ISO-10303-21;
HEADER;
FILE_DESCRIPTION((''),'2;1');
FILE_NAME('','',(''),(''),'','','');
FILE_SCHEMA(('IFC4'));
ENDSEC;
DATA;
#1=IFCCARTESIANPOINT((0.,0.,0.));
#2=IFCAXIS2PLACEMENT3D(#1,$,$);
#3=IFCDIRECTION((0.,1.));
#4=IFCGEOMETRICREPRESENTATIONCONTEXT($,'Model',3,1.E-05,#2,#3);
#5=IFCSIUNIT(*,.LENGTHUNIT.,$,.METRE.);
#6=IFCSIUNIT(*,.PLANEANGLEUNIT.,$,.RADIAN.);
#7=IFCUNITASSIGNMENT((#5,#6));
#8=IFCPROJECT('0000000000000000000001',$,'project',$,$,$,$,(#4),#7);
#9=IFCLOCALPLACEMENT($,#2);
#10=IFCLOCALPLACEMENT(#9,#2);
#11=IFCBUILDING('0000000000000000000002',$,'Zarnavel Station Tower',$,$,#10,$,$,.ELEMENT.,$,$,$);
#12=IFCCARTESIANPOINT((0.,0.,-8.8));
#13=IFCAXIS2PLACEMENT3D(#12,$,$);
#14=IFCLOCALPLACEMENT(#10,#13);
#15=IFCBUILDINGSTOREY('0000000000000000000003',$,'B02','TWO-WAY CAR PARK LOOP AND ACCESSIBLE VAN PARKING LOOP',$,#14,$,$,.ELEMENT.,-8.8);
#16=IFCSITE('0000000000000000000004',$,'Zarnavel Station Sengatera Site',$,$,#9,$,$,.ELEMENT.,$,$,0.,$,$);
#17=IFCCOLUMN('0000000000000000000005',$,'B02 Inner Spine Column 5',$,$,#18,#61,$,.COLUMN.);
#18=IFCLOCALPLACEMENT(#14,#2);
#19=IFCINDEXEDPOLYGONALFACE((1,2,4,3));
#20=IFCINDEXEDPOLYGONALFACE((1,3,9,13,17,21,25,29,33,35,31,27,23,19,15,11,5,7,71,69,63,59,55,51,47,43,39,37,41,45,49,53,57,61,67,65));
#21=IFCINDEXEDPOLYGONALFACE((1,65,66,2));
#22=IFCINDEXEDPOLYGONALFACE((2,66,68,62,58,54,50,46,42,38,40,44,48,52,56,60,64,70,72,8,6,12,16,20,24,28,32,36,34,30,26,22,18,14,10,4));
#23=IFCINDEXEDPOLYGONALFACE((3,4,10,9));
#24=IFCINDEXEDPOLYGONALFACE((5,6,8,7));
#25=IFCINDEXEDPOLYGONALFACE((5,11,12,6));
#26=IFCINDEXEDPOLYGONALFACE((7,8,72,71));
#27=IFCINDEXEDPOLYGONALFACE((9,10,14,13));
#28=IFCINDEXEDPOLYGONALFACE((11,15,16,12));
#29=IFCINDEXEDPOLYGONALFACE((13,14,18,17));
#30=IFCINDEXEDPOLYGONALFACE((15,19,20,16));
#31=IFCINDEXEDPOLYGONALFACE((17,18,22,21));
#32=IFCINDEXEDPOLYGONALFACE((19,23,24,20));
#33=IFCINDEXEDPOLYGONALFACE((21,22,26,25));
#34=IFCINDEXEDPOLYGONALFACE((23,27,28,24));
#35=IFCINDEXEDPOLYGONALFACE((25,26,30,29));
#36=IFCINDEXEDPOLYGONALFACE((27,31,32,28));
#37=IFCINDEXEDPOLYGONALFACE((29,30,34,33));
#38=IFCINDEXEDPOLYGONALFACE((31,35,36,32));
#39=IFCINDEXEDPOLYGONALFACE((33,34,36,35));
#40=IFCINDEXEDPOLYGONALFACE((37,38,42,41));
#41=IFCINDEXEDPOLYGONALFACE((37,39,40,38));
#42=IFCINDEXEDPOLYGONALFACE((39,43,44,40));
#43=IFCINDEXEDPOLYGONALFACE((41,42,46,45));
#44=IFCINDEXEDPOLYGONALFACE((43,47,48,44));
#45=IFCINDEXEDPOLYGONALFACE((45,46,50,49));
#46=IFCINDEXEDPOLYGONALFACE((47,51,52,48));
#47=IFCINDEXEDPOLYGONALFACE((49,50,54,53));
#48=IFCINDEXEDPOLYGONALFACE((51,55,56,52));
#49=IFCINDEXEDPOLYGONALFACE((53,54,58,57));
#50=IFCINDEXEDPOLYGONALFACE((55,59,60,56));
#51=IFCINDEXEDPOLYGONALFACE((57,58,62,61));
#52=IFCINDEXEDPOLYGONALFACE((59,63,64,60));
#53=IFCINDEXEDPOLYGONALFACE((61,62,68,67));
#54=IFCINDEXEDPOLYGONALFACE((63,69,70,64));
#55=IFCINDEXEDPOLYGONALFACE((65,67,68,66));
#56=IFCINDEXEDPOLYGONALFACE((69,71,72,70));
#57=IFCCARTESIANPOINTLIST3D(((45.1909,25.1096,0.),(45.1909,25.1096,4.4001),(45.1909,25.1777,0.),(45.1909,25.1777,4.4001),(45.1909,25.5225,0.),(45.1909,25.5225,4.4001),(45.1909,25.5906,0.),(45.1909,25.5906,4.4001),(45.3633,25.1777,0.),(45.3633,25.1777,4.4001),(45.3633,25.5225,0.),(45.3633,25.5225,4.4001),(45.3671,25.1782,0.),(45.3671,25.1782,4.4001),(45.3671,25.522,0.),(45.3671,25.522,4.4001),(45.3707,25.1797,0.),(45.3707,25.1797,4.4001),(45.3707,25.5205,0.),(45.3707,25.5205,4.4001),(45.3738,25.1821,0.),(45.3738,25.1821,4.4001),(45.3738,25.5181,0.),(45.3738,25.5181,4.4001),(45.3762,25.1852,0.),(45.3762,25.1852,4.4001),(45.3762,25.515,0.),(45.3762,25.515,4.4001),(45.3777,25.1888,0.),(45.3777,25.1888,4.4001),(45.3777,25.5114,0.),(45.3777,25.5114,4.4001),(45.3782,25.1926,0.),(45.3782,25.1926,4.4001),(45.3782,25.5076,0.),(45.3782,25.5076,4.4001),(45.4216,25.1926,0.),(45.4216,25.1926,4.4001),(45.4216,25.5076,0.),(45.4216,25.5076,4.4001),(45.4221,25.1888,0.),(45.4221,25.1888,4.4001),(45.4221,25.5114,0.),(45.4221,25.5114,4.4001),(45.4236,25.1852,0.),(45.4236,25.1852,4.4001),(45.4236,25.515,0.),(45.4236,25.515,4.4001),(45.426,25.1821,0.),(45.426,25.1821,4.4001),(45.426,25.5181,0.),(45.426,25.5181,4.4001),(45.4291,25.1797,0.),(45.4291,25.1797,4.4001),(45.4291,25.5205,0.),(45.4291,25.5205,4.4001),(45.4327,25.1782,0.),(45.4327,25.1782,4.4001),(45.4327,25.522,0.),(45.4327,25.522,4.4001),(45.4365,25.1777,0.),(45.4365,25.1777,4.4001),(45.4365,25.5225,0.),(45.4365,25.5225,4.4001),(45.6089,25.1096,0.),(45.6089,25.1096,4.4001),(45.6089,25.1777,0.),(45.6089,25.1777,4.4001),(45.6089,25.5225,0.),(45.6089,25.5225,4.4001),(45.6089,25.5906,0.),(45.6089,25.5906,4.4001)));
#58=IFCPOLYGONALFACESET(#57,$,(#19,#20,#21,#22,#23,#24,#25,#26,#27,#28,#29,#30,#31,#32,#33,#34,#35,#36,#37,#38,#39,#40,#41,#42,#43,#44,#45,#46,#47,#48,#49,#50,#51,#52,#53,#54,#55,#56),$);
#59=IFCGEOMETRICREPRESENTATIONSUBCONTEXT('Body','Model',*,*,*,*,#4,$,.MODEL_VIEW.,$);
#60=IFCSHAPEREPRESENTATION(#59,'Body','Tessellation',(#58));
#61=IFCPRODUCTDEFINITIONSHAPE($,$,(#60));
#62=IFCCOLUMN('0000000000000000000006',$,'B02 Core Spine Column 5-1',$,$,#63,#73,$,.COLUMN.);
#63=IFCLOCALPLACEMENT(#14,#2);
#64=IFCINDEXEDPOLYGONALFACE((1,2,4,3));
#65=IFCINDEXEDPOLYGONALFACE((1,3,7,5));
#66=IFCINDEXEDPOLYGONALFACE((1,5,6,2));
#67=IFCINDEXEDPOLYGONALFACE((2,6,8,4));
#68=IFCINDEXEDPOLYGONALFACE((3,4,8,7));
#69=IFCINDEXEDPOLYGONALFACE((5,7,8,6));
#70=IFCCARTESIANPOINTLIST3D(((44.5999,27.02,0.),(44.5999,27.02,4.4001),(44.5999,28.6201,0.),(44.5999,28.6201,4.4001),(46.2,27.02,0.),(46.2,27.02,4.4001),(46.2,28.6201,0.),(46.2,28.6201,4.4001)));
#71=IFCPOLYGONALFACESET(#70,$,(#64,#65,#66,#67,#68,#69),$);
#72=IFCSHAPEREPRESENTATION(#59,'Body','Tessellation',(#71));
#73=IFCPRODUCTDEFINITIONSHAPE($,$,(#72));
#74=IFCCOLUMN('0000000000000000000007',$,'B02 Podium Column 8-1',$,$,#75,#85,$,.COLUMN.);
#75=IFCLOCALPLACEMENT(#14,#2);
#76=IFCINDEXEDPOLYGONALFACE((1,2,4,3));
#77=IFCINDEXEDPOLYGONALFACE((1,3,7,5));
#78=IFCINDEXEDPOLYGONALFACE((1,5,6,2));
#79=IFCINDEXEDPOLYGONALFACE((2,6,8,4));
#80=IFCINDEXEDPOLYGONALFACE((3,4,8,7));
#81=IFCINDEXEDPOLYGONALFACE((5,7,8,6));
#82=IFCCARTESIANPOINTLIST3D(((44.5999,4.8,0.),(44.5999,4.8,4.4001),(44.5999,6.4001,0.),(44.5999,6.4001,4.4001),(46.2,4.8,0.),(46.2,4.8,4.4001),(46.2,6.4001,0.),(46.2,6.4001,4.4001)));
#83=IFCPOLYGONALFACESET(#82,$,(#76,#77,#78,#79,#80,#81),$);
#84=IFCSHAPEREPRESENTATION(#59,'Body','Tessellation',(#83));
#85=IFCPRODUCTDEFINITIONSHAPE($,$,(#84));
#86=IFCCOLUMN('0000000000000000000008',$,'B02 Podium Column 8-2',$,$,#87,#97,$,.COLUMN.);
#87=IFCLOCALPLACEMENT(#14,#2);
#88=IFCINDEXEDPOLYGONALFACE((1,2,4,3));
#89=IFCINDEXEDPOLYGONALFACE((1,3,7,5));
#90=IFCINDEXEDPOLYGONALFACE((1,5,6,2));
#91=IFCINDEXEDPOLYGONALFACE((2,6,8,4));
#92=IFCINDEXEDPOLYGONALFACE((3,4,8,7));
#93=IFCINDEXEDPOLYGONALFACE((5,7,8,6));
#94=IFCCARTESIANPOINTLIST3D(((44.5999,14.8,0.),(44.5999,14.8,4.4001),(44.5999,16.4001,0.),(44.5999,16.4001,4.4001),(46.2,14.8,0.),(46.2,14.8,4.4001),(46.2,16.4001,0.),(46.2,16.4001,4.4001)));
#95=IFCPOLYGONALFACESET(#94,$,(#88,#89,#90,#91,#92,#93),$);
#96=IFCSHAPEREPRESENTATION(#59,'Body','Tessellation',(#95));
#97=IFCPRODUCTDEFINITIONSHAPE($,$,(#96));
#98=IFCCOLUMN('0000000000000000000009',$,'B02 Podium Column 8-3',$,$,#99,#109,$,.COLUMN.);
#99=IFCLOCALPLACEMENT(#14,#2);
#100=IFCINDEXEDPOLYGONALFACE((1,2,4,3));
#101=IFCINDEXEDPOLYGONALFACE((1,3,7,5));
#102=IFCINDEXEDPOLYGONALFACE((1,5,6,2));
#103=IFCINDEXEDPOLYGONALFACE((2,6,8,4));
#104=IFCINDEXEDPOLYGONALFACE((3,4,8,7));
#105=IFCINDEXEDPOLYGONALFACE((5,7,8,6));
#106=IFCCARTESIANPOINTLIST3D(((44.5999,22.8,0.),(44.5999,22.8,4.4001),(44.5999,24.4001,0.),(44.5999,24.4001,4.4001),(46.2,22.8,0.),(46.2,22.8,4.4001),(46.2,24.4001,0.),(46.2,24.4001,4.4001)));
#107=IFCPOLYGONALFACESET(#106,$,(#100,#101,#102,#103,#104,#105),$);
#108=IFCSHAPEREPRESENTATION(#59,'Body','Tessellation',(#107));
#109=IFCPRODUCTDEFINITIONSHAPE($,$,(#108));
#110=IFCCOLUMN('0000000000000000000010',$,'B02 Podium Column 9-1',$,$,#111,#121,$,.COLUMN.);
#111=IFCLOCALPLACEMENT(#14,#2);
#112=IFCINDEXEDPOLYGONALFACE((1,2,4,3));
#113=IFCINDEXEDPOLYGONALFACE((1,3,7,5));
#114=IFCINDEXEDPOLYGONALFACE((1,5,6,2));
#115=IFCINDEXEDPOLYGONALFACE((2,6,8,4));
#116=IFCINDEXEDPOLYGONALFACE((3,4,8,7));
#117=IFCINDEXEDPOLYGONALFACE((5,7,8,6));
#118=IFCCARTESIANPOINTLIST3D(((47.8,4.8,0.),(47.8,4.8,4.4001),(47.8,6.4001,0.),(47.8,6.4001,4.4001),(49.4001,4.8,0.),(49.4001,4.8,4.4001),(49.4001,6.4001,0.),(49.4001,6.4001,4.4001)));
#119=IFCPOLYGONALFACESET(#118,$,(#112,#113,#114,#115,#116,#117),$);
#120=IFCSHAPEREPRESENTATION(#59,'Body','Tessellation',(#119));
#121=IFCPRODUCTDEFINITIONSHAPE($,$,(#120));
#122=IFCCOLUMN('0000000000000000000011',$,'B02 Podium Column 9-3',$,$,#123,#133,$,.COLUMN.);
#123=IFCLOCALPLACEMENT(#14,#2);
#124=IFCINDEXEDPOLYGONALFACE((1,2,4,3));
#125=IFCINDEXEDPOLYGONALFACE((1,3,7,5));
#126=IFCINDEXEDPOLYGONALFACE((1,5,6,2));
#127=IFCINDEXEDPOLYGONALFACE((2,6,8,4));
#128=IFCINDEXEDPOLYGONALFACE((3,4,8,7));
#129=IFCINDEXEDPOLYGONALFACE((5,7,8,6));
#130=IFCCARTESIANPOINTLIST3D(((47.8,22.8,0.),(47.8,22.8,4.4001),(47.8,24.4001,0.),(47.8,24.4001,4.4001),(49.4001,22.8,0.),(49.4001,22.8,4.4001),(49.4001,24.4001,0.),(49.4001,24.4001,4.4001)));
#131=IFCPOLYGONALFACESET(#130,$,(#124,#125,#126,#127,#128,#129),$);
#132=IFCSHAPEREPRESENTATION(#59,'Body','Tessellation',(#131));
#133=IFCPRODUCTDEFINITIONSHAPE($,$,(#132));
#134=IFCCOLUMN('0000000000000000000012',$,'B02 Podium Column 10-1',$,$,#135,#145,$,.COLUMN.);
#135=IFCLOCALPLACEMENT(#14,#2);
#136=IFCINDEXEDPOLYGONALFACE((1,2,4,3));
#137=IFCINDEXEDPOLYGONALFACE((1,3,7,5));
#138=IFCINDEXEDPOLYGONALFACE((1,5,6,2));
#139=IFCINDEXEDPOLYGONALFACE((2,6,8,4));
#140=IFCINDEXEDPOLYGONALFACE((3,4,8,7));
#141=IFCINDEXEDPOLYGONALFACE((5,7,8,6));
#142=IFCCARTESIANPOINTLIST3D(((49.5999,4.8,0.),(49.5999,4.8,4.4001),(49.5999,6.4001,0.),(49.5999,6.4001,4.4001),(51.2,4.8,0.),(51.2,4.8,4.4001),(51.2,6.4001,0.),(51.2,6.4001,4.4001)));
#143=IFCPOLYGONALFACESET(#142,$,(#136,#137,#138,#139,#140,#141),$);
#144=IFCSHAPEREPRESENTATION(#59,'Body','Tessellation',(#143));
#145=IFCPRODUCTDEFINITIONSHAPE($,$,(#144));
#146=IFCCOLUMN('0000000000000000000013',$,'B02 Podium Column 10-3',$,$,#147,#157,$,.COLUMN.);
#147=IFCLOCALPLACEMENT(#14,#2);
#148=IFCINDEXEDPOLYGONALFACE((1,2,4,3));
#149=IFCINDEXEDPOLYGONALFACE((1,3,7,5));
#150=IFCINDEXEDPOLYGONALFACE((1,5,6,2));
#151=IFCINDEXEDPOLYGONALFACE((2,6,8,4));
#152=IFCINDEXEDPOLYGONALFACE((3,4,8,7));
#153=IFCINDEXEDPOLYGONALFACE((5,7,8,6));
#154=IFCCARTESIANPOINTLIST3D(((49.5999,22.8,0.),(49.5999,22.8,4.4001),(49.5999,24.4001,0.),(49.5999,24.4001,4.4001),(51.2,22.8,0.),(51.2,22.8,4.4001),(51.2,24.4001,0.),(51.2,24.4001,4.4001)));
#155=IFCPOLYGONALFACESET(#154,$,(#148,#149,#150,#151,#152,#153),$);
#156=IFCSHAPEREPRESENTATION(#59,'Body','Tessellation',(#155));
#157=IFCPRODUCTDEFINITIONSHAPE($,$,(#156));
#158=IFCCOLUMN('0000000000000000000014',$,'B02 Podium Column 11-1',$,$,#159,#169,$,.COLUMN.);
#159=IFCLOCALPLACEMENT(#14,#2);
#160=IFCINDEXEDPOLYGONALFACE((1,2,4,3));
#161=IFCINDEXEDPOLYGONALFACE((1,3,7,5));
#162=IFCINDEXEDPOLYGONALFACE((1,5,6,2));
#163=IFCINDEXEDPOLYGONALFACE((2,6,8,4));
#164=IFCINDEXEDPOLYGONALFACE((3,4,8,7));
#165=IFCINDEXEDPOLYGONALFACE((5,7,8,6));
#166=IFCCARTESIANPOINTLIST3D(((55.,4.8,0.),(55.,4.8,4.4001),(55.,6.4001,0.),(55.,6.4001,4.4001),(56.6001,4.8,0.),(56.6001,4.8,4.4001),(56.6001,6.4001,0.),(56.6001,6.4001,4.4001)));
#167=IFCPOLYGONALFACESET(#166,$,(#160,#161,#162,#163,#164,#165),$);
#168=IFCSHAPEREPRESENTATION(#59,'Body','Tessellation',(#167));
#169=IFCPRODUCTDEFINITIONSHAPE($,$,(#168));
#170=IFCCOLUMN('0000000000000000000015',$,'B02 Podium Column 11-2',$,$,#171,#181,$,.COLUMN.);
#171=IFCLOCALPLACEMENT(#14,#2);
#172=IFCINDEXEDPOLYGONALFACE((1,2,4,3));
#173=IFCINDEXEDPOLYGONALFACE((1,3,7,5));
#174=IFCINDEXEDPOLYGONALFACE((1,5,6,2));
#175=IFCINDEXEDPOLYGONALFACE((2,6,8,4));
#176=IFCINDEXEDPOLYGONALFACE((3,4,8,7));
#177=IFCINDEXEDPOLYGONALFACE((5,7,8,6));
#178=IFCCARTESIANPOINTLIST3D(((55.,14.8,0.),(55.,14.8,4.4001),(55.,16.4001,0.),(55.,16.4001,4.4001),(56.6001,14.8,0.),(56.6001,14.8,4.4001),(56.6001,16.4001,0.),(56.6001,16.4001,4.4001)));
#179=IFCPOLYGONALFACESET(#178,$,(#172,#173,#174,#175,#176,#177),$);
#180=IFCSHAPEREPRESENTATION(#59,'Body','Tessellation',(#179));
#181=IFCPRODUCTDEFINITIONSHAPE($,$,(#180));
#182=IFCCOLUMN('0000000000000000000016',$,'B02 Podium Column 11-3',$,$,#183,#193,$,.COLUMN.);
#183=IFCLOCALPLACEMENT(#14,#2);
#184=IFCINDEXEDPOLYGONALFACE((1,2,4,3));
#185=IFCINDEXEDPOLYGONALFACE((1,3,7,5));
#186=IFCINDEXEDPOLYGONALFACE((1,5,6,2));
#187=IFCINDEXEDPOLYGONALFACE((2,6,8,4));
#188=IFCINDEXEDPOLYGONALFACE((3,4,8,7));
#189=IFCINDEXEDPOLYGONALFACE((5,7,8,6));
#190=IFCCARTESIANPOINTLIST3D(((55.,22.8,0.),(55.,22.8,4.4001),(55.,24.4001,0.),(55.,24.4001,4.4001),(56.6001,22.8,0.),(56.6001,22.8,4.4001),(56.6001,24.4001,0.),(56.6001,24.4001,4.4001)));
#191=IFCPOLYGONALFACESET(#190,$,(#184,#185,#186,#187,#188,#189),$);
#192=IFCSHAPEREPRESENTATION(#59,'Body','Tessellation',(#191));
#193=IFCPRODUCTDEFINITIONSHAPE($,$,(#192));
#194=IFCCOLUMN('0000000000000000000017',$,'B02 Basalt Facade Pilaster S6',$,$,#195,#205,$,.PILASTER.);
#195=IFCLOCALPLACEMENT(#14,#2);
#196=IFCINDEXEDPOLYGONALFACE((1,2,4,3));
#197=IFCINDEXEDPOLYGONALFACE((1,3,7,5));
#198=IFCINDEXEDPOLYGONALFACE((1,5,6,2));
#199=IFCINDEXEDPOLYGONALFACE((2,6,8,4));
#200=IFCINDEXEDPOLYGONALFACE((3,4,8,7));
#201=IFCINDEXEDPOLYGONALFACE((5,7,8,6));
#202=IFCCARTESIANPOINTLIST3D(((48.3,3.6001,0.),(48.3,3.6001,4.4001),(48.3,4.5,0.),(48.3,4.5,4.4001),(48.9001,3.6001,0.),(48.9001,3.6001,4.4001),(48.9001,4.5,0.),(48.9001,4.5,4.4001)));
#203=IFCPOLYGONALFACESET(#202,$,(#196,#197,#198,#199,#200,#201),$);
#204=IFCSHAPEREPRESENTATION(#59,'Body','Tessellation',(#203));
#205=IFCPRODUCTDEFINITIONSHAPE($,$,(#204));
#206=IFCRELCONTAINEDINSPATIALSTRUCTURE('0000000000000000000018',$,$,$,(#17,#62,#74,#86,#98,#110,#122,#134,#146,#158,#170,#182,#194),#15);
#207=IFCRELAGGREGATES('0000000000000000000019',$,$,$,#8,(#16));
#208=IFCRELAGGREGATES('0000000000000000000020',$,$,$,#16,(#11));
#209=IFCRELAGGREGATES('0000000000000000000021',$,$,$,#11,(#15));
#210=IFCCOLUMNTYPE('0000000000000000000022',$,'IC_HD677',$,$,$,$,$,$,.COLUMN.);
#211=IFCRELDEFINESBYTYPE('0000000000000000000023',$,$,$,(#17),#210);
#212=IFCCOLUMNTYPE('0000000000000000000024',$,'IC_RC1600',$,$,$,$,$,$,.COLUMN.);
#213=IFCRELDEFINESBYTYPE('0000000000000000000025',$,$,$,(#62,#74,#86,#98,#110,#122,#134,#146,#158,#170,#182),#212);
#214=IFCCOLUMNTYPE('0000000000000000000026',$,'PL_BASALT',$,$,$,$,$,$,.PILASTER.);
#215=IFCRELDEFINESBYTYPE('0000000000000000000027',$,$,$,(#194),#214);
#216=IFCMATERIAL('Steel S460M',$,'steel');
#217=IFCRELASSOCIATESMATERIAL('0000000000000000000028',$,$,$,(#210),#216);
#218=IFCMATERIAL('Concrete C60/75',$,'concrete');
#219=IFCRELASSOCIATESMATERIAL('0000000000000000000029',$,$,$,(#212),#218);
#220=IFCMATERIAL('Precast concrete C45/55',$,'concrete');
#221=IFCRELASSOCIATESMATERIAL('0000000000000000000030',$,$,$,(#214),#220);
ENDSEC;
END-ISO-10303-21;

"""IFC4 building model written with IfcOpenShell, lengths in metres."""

from ifc_helpers import new_model, si_unit, direction, frame, origin, origin_2d, place, context, subcontext, project, spatial, rectangle, i_section, extrude, material, material_profile, profile_set, type_object, element, save


model = new_model("IFC4")

# Units and contexts
model_context = context("Model", 3, precision=1e-05, world=origin(), true_north=direction((0.0, 1.0)))
body_context = subcontext(model_context, "Body", "Model", "MODEL_VIEW")
ifc_project = project(units=[si_unit("LENGTHUNIT", "METRE"), si_unit("PLANEANGLEUNIT", "RADIAN")], contexts=[model_context])

# Site, building, storey
site_placement = place(None, origin())
site = spatial("IfcSite", under=ifc_project, at=site_placement, Name="Zarnavel Station Sengatera Site", CompositionType="ELEMENT", RefElevation=0.0)
building_placement = place(site_placement, origin())
building = spatial("IfcBuilding", under=site, at=building_placement, Name="Zarnavel Station Tower", CompositionType="ELEMENT")
storey_placement = place(building_placement, frame((0.0, 0.0, -8.8)))
storey = spatial("IfcBuildingStorey", under=building, at=storey_placement, Name="B02", Description="TWO-WAY CAR PARK LOOP AND ACCESSIBLE VAN PARKING LOOP", CompositionType="ELEMENT", Elevation=-8.8)

# Columns
ifc_material_1 = material(Name="Steel S460M", Category="steel")
ifc_material_profile_1 = material_profile(ifc_material_1, i_section(OverallWidth=0.418, OverallDepth=0.481, WebThickness=0.0435, FlangeThickness=0.0681, FilletRadius=0.0149, at=origin_2d()), Name="HD400x677")
ifc_profile_set_1 = profile_set([ifc_material_profile_1], Name="Steel S460M")
column_type_1 = type_object("IfcColumnType", Name="IC_HD677", PredefinedType="COLUMN", material=ifc_profile_set_1)
column_1_placement = place(storey_placement, frame((45.3999, 25.3501, 0.0), z_axis=(0.0, 0.0, 1.0), x_axis=(1.0, 0.0, 0.0)))
element("IfcColumn", 1, at=column_1_placement, inside=storey, type_object=column_type_1, Name="B02 Inner Spine Column 5", PredefinedType="COLUMN", context=body_context, shape_type="SweptSolid", body=[
    extrude(i_section(OverallWidth=0.418, OverallDepth=0.481, WebThickness=0.0435, FlangeThickness=0.0681, FilletRadius=0.0149, at=origin_2d()), origin(), (0.0, 0.0, 1.0), 4.4001),
])
ifc_material_2 = material(Name="Concrete C60/75", Category="concrete")
ifc_material_profile_2 = material_profile(ifc_material_2, rectangle(XDim=1.6001, YDim=1.6001, at=origin_2d()), Name="RC1600x1600")
ifc_profile_set_2 = profile_set([ifc_material_profile_2], Name="Concrete C60/75")
column_type_2 = type_object("IfcColumnType", Name="IC_RC1600", PredefinedType="COLUMN", material=ifc_profile_set_2)
for number, where, z_axis, x_axis, name in (
    (2, (45.3999, 27.8201, 0.0), (0.0, 0.0, 1.0), (1.0, 0.0, 0.0), "B02 Core Spine Column 5-1"),
    (3, (45.3999, 5.6001, 0.0), (0.0, 0.0, 1.0), (1.0, 0.0, 0.0), "B02 Podium Column 8-1"),
    (4, (45.3999, 15.6001, 0.0), (0.0, 0.0, 1.0), (1.0, 0.0, 0.0), "B02 Podium Column 8-2"),
    (5, (45.3999, 23.6001, 0.0), (0.0, 0.0, 1.0), (1.0, 0.0, 0.0), "B02 Podium Column 8-3"),
    (6, (48.6001, 5.6001, 0.0), (0.0, 0.0, 1.0), (1.0, 0.0, 0.0), "B02 Podium Column 9-1"),
    (7, (48.6001, 23.6001, 0.0), (0.0, 0.0, 1.0), (1.0, 0.0, 0.0), "B02 Podium Column 9-3"),
    (8, (50.3999, 5.6001, 0.0), (0.0, 0.0, 1.0), (1.0, 0.0, 0.0), "B02 Podium Column 10-1"),
    (9, (50.3999, 23.6001, 0.0), (0.0, 0.0, 1.0), (1.0, 0.0, 0.0), "B02 Podium Column 10-3"),
    (10, (55.8, 5.6001, 0.0), (0.0, 0.0, 1.0), (1.0, 0.0, 0.0), "B02 Podium Column 11-1"),
    (11, (55.8, 15.6001, 0.0), (0.0, 0.0, 1.0), (1.0, 0.0, 0.0), "B02 Podium Column 11-2"),
    (12, (55.8, 23.6001, 0.0), (0.0, 0.0, 1.0), (1.0, 0.0, 0.0), "B02 Podium Column 11-3"),
):
    element("IfcColumn", number, at=place(storey_placement, frame(where, z_axis=z_axis, x_axis=x_axis)), inside=storey, type_object=column_type_2, Name=name, PredefinedType="COLUMN", context=body_context, shape_type="SweptSolid", body=[
        extrude(rectangle(XDim=1.6001, YDim=1.6001, at=origin_2d()), origin(), (0.0, 0.0, 1.0), 4.4001),
    ])
ifc_material_3 = material(Name="Precast concrete C45/55", Category="concrete")
ifc_material_profile_3 = material_profile(ifc_material_3, rectangle(XDim=0.6001, YDim=0.8999, at=origin_2d()), Name="RC600x900")
ifc_profile_set_3 = profile_set([ifc_material_profile_3], Name="Precast concrete C45/55")
column_type_3 = type_object("IfcColumnType", Name="PL_BASALT", PredefinedType="PILASTER", material=ifc_profile_set_3)
column_2_placement = place(storey_placement, frame((48.6001, 4.05, 0.0), z_axis=(0.0, 0.0, 1.0), x_axis=(1.0, 0.0, 0.0)))
element("IfcColumn", 13, at=column_2_placement, inside=storey, type_object=column_type_3, Name="B02 Basalt Facade Pilaster S6", PredefinedType="PILASTER", context=body_context, shape_type="SweptSolid", body=[
    extrude(rectangle(XDim=0.6001, YDim=0.8999, at=origin_2d()), origin(), (0.0, 0.0, 1.0), 4.4001),
])

save(model, "model.ifc")
